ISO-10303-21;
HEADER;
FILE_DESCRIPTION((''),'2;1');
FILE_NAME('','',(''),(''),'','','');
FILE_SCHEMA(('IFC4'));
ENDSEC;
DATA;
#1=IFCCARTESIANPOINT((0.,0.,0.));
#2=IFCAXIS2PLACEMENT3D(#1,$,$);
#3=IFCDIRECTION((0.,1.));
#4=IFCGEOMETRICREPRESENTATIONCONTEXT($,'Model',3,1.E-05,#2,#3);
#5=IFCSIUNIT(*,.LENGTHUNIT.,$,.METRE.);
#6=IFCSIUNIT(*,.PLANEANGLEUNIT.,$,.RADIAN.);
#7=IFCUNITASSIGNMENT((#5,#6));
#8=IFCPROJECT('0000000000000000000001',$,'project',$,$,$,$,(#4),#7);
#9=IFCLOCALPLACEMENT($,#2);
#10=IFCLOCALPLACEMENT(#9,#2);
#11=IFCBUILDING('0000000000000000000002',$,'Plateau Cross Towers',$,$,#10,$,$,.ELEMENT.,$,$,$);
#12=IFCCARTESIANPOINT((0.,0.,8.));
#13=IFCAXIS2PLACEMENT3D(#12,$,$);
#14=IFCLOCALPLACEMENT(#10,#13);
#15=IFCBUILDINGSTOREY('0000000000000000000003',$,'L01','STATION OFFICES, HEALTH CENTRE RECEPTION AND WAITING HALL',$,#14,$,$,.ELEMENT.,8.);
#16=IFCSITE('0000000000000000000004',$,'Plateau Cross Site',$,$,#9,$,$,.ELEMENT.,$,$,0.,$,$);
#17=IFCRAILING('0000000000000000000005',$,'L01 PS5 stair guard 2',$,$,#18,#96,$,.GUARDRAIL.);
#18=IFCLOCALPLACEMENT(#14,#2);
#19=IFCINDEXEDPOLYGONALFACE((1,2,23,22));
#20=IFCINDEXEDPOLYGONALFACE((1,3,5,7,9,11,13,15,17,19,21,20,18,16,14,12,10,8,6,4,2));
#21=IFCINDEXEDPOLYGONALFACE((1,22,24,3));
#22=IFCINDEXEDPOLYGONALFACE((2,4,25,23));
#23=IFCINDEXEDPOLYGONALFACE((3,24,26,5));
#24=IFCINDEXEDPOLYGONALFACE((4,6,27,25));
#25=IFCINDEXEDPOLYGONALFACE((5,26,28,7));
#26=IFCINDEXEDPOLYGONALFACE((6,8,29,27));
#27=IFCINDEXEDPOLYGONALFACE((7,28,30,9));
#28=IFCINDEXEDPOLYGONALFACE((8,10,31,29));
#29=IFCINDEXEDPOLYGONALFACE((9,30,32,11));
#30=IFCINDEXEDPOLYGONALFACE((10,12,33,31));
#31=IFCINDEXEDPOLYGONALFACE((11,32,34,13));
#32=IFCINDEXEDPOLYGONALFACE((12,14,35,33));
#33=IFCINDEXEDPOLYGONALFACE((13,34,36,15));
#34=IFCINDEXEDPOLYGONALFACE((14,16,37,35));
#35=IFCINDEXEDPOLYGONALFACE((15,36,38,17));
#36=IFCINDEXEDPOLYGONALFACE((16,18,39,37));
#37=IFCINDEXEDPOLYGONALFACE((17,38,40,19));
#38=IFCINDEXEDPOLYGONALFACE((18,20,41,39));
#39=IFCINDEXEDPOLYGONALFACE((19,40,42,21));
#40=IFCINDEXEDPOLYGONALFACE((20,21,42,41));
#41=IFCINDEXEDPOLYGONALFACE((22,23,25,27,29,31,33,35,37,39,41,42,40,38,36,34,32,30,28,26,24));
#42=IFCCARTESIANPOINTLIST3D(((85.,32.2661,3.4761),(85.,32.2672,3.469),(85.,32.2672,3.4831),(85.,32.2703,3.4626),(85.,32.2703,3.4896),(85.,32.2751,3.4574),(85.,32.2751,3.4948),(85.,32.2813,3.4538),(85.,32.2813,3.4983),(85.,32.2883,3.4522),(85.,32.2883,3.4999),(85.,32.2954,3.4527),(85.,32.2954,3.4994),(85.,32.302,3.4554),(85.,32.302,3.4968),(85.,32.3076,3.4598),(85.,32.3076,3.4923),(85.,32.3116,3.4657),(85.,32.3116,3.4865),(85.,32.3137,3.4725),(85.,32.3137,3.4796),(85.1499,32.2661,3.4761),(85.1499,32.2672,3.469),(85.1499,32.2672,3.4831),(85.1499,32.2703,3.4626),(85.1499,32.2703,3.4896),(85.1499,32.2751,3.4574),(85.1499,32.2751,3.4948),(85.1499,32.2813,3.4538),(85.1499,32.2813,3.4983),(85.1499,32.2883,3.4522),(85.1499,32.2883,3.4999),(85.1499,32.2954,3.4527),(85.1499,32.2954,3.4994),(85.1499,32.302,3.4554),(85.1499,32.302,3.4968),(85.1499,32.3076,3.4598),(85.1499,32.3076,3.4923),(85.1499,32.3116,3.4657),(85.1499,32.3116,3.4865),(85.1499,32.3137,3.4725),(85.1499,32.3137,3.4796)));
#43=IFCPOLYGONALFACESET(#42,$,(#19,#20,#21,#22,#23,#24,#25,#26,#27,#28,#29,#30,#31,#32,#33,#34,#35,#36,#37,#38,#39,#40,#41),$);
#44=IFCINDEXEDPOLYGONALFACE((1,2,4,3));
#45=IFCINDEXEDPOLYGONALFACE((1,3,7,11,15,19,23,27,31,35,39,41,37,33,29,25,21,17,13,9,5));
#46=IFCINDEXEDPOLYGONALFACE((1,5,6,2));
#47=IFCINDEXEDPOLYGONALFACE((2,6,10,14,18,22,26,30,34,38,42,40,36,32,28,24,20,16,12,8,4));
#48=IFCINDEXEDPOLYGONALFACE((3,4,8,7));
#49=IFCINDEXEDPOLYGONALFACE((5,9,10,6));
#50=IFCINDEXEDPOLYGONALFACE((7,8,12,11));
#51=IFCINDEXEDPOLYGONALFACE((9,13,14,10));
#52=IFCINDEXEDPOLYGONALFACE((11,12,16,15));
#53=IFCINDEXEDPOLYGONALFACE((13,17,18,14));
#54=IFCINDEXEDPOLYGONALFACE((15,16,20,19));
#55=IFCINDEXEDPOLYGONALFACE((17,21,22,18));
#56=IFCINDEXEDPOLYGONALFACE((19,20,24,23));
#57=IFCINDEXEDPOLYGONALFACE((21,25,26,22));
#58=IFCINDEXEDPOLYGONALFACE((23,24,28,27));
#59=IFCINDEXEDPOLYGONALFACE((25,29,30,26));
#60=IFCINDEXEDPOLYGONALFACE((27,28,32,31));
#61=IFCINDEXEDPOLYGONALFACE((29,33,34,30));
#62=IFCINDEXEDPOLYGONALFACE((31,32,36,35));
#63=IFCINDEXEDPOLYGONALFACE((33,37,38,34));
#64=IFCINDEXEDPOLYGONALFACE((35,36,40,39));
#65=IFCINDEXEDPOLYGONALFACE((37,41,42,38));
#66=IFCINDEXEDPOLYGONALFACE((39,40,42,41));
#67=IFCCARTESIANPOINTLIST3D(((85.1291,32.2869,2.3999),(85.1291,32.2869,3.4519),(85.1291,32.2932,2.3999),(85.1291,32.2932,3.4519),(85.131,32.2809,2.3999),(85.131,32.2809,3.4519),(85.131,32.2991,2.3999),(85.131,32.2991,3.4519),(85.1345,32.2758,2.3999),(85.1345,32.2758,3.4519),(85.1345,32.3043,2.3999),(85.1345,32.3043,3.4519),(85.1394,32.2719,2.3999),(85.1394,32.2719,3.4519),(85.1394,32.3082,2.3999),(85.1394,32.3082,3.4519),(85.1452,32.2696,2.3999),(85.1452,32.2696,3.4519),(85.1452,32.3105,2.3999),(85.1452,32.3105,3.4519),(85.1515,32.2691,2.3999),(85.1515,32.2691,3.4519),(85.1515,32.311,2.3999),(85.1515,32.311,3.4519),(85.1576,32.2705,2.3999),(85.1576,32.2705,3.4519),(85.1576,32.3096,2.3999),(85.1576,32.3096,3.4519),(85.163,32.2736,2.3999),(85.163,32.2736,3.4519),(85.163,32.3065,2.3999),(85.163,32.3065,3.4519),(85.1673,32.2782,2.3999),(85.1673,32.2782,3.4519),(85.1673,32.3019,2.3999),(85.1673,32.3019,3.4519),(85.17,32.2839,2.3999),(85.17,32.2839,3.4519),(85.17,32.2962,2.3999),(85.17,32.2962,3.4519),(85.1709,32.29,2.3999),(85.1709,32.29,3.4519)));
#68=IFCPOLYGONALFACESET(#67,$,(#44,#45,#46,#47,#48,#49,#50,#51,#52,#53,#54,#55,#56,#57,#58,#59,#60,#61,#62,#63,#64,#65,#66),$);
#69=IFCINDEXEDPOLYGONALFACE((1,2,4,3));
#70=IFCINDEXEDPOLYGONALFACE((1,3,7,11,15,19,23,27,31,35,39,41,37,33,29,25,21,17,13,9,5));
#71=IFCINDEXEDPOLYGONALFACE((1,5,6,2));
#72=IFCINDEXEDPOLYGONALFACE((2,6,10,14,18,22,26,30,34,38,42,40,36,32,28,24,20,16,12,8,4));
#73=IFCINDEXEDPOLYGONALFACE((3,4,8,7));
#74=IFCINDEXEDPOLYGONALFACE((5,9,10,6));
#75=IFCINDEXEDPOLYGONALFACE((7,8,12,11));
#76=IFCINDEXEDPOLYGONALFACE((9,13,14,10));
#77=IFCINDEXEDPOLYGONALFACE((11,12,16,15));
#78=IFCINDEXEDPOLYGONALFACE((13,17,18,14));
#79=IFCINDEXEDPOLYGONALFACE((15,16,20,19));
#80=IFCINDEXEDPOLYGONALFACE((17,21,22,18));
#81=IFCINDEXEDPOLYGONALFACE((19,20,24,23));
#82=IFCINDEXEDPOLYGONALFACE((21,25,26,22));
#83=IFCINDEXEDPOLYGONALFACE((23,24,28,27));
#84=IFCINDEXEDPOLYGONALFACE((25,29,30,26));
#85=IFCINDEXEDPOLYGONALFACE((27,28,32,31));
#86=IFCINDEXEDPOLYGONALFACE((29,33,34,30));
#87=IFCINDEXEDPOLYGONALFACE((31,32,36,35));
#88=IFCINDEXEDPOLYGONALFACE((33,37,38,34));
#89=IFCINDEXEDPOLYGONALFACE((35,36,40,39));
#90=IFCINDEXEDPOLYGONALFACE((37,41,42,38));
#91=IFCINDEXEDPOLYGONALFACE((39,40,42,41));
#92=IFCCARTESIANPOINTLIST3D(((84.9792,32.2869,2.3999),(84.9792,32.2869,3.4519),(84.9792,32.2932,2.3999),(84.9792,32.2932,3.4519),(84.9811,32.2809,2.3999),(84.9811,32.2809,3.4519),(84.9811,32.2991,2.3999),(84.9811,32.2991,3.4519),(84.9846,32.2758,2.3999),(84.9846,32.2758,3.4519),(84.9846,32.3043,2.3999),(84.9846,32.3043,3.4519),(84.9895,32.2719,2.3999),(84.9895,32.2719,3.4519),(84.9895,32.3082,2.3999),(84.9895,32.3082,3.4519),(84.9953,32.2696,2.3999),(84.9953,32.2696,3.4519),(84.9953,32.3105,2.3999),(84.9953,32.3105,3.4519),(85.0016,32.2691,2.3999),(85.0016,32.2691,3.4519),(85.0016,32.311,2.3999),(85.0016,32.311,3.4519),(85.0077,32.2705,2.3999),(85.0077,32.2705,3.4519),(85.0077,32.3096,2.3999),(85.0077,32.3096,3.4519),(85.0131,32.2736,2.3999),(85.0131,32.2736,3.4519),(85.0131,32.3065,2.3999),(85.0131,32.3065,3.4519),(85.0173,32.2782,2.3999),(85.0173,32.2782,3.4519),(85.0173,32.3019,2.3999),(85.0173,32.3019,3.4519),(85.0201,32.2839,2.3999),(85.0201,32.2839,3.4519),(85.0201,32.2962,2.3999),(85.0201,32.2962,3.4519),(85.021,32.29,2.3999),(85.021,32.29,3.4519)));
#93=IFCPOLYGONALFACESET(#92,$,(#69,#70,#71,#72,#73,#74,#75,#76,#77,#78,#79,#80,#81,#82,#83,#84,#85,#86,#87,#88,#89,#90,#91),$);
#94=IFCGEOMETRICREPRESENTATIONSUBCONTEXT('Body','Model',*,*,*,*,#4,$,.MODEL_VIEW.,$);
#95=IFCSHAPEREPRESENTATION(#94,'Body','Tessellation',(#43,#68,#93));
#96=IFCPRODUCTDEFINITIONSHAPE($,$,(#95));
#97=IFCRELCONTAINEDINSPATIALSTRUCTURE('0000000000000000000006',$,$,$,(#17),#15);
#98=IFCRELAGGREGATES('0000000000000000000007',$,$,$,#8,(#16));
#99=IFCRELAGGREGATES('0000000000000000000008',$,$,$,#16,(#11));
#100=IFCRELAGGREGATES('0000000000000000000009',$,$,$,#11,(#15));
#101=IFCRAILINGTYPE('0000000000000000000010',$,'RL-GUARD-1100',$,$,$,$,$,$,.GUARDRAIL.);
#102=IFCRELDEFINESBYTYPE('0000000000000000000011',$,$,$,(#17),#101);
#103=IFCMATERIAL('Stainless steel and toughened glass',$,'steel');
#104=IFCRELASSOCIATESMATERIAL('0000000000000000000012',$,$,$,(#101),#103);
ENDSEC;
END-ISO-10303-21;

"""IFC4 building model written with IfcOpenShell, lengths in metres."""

from ifc_helpers import new_model, si_unit, direction, frame, origin, origin_2d, place, context, subcontext, project, spatial, circle, extrude, material, type_object, element, save


model = new_model("IFC4")

# Units and contexts
model_context = context("Model", 3, precision=1e-05, world=origin(), true_north=direction((0.0, 1.0)))
body_context = subcontext(model_context, "Body", "Model", "MODEL_VIEW")
ifc_project = project(units=[si_unit("LENGTHUNIT", "METRE"), si_unit("PLANEANGLEUNIT", "RADIAN")], contexts=[model_context])

# Site, building, storey
site_placement = place(None, origin())
site = spatial("IfcSite", under=ifc_project, at=site_placement, Name="Plateau Cross Site", CompositionType="ELEMENT", RefElevation=0.0)
building_placement = place(site_placement, origin())
building = spatial("IfcBuilding", under=site, at=building_placement, Name="Plateau Cross Towers", CompositionType="ELEMENT")
storey_placement = place(building_placement, frame((0.0, 0.0, 8.0)))
storey = spatial("IfcBuildingStorey", under=building, at=storey_placement, Name="L01", Description="STATION OFFICES, HEALTH CENTRE RECEPTION AND WAITING HALL", CompositionType="ELEMENT", Elevation=8.0)

# Railing
ifc_material_1 = material(Name="Stainless steel and toughened glass", Category="steel")
railing_type_1 = type_object("IfcRailingType", Name="RL-GUARD-1100", PredefinedType="GUARDRAIL", material=ifc_material_1)
railing_1_placement = place(storey_placement, frame((85.1499, 32.29, 2.3999)))
element("IfcRailing", 1, at=railing_1_placement, inside=storey, type_object=railing_type_1, Name="L01 PS5 stair guard 2", PredefinedType="GUARDRAIL", context=body_context, shape_type="SweptSolid", body=[
    extrude(circle(Radius=0.0239, at=origin_2d()), frame((0.0, 0.0, 1.0762), z_axis=(-1.0, 0.0, 0.0), x_axis=(0.0, -1.0, 0.0)), (0.0, 0.0, 1.0), 0.1499),
    extrude(circle(Radius=0.021, at=origin_2d()), origin(), (0.0, 0.0, 1.0), 1.052),
    extrude(circle(Radius=0.021, at=origin_2d()), frame((-0.1499, 0.0, 0.0)), (0.0, 0.0, 1.0), 1.052),
])

save(model, "model.ifc")
